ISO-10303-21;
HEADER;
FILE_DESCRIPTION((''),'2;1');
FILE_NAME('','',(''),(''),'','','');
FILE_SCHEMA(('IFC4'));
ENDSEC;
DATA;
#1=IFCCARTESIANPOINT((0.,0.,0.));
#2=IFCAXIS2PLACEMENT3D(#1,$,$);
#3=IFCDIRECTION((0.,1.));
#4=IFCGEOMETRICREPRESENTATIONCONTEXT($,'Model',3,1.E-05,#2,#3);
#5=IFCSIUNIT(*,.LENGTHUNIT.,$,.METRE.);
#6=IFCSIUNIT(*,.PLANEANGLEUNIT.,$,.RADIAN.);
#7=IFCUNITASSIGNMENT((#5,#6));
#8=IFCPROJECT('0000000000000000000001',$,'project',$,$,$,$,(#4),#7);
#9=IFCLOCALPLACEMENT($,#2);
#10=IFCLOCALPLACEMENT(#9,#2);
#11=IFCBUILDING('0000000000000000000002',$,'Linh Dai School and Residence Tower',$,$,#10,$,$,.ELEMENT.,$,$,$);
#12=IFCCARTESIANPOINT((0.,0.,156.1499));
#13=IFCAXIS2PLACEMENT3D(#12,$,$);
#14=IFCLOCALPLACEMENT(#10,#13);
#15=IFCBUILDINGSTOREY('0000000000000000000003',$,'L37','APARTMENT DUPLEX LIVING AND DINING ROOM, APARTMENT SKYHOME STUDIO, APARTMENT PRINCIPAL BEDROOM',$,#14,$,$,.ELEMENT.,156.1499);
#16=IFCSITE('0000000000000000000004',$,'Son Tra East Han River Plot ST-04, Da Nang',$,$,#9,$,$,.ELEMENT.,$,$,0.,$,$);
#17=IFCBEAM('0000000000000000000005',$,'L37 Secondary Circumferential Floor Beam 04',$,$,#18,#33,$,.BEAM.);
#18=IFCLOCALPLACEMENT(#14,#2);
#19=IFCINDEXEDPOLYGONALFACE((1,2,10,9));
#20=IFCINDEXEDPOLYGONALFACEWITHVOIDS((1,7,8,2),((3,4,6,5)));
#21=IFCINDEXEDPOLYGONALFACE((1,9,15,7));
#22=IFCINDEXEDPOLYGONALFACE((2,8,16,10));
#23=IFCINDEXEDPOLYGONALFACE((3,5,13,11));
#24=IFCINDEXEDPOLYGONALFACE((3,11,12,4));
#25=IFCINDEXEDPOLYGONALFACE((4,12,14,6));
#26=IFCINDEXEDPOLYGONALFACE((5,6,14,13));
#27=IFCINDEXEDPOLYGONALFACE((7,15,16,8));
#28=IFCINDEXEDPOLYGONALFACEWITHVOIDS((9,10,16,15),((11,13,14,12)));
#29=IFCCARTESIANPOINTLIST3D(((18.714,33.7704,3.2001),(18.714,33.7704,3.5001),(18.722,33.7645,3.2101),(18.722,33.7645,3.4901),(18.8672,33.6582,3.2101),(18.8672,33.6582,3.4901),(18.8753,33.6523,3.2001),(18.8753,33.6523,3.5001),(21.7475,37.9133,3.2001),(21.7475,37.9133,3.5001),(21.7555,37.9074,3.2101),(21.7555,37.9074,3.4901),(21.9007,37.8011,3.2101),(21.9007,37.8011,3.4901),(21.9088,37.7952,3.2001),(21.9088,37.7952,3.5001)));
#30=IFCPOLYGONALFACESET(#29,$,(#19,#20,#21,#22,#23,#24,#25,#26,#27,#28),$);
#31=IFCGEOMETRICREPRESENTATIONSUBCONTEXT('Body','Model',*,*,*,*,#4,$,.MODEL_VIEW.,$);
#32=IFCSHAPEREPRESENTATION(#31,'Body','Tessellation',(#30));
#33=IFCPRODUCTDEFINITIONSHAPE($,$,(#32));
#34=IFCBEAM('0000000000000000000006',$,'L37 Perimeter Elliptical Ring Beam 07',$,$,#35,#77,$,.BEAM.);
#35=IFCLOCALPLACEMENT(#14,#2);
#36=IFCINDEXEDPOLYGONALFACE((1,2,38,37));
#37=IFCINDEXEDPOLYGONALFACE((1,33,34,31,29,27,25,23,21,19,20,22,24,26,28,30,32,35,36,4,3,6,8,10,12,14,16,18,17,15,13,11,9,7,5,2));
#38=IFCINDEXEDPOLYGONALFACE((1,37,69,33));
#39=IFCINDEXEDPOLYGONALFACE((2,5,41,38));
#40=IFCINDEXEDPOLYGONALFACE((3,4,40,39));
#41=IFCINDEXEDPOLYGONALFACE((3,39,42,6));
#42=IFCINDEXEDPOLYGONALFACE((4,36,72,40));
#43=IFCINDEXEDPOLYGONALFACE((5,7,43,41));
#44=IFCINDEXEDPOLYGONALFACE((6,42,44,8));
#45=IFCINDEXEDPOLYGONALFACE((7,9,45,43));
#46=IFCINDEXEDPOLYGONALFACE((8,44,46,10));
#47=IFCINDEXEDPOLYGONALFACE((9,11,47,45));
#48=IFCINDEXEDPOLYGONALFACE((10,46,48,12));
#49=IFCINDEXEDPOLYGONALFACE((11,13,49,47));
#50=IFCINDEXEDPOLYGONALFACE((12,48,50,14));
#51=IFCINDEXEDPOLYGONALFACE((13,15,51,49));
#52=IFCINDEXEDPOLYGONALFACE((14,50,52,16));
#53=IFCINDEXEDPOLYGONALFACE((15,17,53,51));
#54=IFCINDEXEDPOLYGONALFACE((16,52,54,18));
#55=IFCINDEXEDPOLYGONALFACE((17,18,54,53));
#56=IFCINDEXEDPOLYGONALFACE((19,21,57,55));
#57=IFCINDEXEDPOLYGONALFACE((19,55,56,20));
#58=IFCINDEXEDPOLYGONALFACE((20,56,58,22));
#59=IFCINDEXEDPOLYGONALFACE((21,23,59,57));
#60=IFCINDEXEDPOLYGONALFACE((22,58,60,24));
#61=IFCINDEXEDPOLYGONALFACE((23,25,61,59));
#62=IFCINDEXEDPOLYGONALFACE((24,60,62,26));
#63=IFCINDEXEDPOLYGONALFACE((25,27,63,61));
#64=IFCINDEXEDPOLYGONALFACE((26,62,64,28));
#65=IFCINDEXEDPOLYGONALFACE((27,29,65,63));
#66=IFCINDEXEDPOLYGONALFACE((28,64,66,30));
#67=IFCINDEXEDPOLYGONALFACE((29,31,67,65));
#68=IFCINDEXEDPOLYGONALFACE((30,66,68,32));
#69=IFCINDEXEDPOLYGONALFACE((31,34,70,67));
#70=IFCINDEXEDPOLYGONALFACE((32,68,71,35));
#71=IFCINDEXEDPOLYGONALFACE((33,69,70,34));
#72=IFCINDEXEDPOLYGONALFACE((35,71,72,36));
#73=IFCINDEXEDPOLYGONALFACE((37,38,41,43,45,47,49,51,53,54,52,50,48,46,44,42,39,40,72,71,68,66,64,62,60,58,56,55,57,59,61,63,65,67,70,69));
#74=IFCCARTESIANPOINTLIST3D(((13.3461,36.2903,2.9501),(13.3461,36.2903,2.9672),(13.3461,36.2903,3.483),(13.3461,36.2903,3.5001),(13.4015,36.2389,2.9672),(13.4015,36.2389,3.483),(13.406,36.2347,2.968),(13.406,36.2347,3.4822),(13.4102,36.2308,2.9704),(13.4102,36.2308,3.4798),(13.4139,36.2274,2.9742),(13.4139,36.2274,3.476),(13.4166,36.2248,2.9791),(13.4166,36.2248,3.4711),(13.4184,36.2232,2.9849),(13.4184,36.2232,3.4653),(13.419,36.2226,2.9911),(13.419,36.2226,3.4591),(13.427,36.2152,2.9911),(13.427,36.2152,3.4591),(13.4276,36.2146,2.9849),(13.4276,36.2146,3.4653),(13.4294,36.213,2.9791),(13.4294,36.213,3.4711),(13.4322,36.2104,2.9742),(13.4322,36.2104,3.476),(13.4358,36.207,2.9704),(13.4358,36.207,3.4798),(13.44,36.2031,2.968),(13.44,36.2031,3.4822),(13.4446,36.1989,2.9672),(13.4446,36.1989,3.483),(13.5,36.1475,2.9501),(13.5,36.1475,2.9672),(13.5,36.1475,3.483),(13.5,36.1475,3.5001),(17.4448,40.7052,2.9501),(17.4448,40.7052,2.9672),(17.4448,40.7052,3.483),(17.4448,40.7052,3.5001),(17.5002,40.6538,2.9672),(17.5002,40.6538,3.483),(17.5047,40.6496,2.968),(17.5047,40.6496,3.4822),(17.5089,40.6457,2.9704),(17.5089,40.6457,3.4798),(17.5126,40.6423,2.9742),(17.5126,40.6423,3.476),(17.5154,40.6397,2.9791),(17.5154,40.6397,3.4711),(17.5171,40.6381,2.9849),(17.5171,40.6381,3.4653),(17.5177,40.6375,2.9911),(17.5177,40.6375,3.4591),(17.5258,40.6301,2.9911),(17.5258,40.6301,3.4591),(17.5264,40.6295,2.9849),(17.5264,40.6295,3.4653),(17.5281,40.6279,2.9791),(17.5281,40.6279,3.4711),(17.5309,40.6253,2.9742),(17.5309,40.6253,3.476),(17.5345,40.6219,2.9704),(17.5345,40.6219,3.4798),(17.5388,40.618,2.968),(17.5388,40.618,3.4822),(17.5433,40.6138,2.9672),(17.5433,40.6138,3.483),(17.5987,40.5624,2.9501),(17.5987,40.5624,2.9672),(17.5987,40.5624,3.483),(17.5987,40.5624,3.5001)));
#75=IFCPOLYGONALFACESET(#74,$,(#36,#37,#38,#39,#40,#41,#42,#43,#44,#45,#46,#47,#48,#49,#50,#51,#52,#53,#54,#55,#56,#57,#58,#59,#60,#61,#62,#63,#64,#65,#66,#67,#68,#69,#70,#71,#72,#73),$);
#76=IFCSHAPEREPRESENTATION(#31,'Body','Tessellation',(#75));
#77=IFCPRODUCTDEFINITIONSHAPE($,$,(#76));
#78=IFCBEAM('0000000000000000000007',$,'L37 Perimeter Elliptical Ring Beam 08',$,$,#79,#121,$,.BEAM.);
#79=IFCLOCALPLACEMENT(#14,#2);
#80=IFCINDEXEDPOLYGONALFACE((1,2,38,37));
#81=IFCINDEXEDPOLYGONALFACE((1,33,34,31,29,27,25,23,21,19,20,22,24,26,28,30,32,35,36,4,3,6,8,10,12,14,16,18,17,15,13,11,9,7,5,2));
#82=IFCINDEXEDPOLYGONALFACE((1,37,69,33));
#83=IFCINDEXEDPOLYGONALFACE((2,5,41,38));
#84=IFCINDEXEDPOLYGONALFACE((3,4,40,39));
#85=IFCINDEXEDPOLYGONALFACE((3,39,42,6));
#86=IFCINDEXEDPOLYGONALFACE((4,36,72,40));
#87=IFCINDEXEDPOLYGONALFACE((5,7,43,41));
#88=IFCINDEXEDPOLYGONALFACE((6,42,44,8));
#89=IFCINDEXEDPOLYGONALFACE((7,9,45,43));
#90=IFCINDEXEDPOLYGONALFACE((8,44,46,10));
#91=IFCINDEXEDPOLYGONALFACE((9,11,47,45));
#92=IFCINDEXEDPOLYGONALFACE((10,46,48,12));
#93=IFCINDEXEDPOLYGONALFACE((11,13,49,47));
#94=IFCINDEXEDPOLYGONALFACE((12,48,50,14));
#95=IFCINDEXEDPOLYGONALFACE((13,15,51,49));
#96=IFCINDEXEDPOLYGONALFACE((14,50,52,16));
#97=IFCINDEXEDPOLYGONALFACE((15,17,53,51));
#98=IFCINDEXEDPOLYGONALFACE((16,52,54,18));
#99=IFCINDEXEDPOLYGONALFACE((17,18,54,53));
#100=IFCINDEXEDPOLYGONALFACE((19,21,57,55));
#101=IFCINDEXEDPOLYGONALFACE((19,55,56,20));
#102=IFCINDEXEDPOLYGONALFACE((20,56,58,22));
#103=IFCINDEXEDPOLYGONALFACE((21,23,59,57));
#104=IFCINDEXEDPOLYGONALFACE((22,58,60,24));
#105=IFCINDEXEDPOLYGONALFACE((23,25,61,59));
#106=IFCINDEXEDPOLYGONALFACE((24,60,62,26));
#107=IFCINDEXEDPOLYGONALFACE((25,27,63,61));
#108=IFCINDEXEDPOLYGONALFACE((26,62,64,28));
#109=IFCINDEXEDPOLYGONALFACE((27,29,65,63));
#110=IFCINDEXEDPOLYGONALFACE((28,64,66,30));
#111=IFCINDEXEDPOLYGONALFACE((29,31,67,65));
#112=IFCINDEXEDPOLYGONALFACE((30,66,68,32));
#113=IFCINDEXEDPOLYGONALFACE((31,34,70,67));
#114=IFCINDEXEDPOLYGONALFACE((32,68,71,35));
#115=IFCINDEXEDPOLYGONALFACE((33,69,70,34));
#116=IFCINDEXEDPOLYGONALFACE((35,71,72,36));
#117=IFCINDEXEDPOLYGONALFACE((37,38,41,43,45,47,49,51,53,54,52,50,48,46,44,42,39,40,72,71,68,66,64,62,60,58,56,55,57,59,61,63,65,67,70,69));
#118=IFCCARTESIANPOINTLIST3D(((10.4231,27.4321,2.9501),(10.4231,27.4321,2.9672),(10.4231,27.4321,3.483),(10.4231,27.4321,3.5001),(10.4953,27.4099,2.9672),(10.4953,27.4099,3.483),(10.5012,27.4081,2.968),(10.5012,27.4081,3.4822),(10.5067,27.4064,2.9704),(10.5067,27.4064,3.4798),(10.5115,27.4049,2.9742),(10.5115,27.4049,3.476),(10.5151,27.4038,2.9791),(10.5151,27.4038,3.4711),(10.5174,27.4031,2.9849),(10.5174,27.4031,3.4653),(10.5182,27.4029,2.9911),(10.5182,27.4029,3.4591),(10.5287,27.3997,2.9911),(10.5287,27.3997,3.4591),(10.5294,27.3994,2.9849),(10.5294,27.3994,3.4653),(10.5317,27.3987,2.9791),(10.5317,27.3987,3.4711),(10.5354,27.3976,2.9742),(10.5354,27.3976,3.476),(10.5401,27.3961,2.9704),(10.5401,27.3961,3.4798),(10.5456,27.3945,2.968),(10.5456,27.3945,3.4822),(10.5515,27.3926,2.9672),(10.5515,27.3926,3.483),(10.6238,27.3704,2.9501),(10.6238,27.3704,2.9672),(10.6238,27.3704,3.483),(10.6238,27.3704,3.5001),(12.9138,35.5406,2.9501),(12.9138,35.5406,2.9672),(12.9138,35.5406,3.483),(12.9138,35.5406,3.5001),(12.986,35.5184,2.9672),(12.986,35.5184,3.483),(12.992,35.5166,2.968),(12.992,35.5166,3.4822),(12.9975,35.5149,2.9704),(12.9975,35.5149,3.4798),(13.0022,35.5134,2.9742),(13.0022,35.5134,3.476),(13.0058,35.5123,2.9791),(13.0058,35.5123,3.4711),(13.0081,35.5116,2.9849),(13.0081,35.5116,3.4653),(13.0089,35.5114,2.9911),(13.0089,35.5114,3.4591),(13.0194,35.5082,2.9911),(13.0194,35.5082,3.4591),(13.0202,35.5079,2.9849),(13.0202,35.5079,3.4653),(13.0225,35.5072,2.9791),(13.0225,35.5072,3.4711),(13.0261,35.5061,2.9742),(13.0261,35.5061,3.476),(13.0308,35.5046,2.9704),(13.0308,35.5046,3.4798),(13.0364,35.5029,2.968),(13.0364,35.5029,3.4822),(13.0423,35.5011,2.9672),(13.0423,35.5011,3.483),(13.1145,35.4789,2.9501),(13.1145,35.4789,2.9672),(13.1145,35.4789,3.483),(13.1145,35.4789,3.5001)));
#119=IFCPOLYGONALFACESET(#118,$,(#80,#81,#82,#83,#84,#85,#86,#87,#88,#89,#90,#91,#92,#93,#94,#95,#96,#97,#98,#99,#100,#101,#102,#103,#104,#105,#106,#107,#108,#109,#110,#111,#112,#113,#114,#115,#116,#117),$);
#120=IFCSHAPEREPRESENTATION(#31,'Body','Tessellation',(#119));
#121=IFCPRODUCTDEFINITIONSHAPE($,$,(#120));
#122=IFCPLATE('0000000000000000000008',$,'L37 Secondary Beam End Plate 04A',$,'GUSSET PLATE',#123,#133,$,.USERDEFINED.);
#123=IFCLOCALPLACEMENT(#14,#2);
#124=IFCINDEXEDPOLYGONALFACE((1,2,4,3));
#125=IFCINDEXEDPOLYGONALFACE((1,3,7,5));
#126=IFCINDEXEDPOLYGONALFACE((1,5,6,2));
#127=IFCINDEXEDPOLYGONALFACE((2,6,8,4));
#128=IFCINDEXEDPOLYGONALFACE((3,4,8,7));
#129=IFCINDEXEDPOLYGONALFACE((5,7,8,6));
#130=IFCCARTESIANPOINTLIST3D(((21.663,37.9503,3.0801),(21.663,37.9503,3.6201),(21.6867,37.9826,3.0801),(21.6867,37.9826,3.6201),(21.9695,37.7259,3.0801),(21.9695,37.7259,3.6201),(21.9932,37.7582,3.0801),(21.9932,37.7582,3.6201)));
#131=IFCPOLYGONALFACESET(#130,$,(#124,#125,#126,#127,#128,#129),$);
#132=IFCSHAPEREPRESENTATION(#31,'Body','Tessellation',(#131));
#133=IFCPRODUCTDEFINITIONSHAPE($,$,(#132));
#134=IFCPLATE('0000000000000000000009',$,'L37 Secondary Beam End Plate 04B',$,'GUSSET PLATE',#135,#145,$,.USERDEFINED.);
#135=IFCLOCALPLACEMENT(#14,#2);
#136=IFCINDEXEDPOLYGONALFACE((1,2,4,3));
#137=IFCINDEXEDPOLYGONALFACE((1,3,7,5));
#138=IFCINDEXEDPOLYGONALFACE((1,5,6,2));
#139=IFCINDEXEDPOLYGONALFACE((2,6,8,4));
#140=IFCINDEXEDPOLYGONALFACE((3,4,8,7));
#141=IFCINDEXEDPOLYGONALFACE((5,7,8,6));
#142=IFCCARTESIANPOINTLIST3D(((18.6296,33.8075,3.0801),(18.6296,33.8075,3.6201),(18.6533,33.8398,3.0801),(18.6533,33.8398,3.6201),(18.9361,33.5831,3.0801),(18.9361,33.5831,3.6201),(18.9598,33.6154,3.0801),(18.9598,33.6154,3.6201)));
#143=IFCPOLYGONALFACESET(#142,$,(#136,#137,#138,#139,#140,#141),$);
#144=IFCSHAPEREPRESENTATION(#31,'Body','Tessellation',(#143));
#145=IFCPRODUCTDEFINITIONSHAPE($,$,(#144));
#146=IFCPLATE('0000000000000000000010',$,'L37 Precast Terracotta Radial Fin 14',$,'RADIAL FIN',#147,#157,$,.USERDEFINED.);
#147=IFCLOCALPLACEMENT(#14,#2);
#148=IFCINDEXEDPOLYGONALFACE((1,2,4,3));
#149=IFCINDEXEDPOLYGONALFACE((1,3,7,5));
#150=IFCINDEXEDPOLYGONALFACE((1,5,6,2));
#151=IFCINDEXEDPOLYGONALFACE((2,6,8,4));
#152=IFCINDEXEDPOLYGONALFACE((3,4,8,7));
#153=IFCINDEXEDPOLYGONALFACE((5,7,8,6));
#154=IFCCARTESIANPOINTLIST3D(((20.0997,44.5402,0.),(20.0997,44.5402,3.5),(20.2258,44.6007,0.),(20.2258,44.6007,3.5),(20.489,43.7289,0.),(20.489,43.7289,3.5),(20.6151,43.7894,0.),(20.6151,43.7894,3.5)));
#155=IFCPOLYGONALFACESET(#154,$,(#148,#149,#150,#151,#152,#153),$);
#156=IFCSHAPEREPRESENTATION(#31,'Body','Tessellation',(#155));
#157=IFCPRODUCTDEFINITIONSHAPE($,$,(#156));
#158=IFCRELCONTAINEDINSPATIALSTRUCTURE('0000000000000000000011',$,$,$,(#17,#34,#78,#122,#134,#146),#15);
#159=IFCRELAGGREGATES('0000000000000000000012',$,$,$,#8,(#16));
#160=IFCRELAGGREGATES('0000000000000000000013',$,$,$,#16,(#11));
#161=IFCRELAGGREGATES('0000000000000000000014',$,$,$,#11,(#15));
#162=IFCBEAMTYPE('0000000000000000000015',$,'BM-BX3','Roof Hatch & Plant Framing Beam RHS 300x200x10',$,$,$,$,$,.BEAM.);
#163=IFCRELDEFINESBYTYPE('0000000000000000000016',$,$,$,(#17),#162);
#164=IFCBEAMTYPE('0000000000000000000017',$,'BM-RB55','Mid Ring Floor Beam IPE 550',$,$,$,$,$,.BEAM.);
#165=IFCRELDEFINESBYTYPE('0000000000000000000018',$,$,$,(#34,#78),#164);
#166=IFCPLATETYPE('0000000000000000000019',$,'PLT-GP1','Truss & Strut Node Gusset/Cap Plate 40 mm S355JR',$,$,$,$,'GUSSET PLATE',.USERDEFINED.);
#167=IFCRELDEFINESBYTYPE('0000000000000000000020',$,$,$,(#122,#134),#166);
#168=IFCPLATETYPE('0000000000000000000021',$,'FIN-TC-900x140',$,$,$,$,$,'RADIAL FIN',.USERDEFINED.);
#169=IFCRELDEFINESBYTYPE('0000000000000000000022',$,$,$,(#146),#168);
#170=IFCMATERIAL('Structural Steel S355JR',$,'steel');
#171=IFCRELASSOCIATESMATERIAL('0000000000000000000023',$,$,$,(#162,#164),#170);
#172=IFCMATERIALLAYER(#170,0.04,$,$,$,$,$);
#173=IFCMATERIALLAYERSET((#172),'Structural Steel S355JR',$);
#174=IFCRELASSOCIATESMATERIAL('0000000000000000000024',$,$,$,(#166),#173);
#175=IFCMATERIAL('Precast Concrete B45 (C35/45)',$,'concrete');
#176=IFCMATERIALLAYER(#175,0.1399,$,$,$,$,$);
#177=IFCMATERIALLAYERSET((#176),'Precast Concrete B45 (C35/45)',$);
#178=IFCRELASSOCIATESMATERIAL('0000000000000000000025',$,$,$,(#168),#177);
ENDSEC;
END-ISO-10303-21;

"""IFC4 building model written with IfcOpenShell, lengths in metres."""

from ifc_helpers import new_model, si_unit, direction, frame, origin, origin_2d, place, context, subcontext, project, spatial, rectangle, hollow_rectangle, i_section, extrude, source, transform, mapped, material, layer, layer_set, material_profile, profile_set, type_object, element, save


model = new_model("IFC4")

# Units and contexts
model_context = context("Model", 3, precision=1e-05, world=origin(), true_north=direction((0.0, 1.0)))
body_context = subcontext(model_context, "Body", "Model", "MODEL_VIEW")
ifc_project = project(units=[si_unit("LENGTHUNIT", "METRE"), si_unit("PLANEANGLEUNIT", "RADIAN")], contexts=[model_context])

# Site, building, storey
site_placement = place(None, origin())
site = spatial("IfcSite", under=ifc_project, at=site_placement, Name="Son Tra East Han River Plot ST-04, Da Nang", CompositionType="ELEMENT", RefElevation=0.0)
building_placement = place(site_placement, origin())
building = spatial("IfcBuilding", under=site, at=building_placement, Name="Linh Dai School and Residence Tower", CompositionType="ELEMENT")
storey_placement = place(building_placement, frame((0.0, 0.0, 156.1499)))
storey = spatial("IfcBuildingStorey", under=building, at=storey_placement, Name="L37", Description="APARTMENT DUPLEX LIVING AND DINING ROOM, APARTMENT SKYHOME STUDIO, APARTMENT PRINCIPAL BEDROOM", CompositionType="ELEMENT", Elevation=156.1499)

# Shared definitions
ifc_material_1 = material(Name="Structural Steel S355JR", Category="steel")

# Beams
ifc_material_profile_1 = material_profile(ifc_material_1, hollow_rectangle(XDim=0.2, YDim=0.3, WallThickness=0.01, at=origin_2d()), Name="RHS 300x200x10")
ifc_profile_set_1 = profile_set([ifc_material_profile_1], Name="Structural Steel S355JR")
beam_type_1 = type_object("IfcBeamType", Name="BM-BX3", Description="Roof Hatch & Plant Framing Beam RHS 300x200x10", PredefinedType="BEAM", material=ifc_profile_set_1)
beam_1_placement = place(storey_placement, frame((21.8281, 37.8542, 3.3501), z_axis=(-0.590778, -0.806834, 0.0), x_axis=(0.806834, -0.590778, 0.0)))
element("IfcBeam", 1, at=beam_1_placement, inside=storey, type_object=beam_type_1, Name="L37 Secondary Circumferential Floor Beam 04", PredefinedType="BEAM", context=body_context, shape_type="SweptSolid", body=[
    extrude(hollow_rectangle(XDim=0.2, YDim=0.3, WallThickness=0.01, at=origin_2d()), origin(), (0.0, 0.0, 1.0), 5.1348),
])
ifc_material_profile_2 = material_profile(ifc_material_1, i_section(OverallWidth=0.21, OverallDepth=0.55, WebThickness=0.011, FlangeThickness=0.0171, FilletRadius=0.0239, at=origin_2d()), Name="IPE 550")
ifc_profile_set_2 = profile_set([ifc_material_profile_2], Name="Structural Steel S355JR")
beam_type_2 = type_object("IfcBeamType", Name="BM-RB55", Description="Mid Ring Floor Beam IPE 550", PredefinedType="BEAM", material=ifc_profile_set_2)
beam_2_placement = place(storey_placement, frame((17.5217, 40.6338, 3.2251), z_axis=(-0.680378, -0.732861, 0.0), x_axis=(0.732861, -0.680378, 0.0)))
element("IfcBeam", 2, at=beam_2_placement, inside=storey, type_object=beam_type_2, Name="L37 Perimeter Elliptical Ring Beam 07", PredefinedType="BEAM", context=body_context, shape_type="SweptSolid", body=[
    extrude(i_section(OverallWidth=0.21, OverallDepth=0.55, WebThickness=0.011, FlangeThickness=0.0171, FilletRadius=0.0239, at=origin_2d()), origin(), (0.0, 0.0, 1.0), 6.0242),
])
beam_3_placement = place(storey_placement, frame((13.0142, 35.5098, 3.2251), z_axis=(-0.293637, -0.955917, 0.0), x_axis=(0.955917, -0.293637, 0.0)))
element("IfcBeam", 3, at=beam_3_placement, inside=storey, type_object=beam_type_2, Name="L37 Perimeter Elliptical Ring Beam 08", PredefinedType="BEAM", context=body_context, shape_type="SweptSolid", body=[
    extrude(i_section(OverallWidth=0.21, OverallDepth=0.55, WebThickness=0.011, FlangeThickness=0.0171, FilletRadius=0.0239, at=origin_2d()), origin(), (0.0, 0.0, 1.0), 8.4824),
])

# Plates
ifc_layer_1 = layer(ifc_material_1, 0.04)
ifc_layer_set_1 = layer_set([ifc_layer_1], Name="Structural Steel S355JR")
plate_type_1 = type_object("IfcPlateType", Name="PLT-GP1", Description="Truss & Strut Node Gusset/Cap Plate 40 mm S355JR", ElementType="GUSSET PLATE", PredefinedType="USERDEFINED", material=ifc_layer_set_1)
shared_shape_1 = source(origin(), body_context, "Body", "SweptSolid", [
    extrude(rectangle(XDim=0.04, YDim=0.3799, at=origin_2d()), origin(), (0.0, 0.0, 1.0), 0.54),
])
for number, where, z_axis, x_axis, name in (
    (4, (21.8281, 37.8542, 3.0801), (0.0, 0.0, 1.0), (-0.590797, -0.80682, 0.0), "L37 Secondary Beam End Plate 04A"),
    (5, (18.7947, 33.7114, 3.0801), (0.0, 0.0, 1.0), (-0.590797, -0.80682, 0.0), "L37 Secondary Beam End Plate 04B"),
):
    element("IfcPlate", number, at=place(storey_placement, frame(where, z_axis=z_axis, x_axis=x_axis)), inside=storey, type_object=plate_type_1, Name=name, ObjectType="GUSSET PLATE", PredefinedType="USERDEFINED", context=body_context, shape_type="MappedRepresentation", body=[
        mapped(shared_shape_1, transform((0.0, 0.0, 0.0), x_axis=(1.0, 0.0, 0.0), y_axis=(0.0, 1.0, 0.0), z_axis=(0.0, 0.0, 1.0), scale=1.0)),
    ])
ifc_material_2 = material(Name="Precast Concrete B45 (C35/45)", Category="concrete")
ifc_layer_2 = layer(ifc_material_2, 0.1399)
ifc_layer_set_2 = layer_set([ifc_layer_2], Name="Precast Concrete B45 (C35/45)")
plate_type_2 = type_object("IfcPlateType", Name="FIN-TC-900x140", ElementType="RADIAL FIN", PredefinedType="USERDEFINED", material=ifc_layer_set_2)
shared_shape_2 = source(origin(), body_context, "Body", "SweptSolid", [
    extrude(rectangle(XDim=0.8999, YDim=0.1399, at=origin_2d()), origin(), (0.0, 0.0, 1.0), 3.5),
])
plate_placement = place(storey_placement, frame((20.3574, 44.1648, 0.0), z_axis=(0.0, 0.0, 1.0), x_axis=(-0.432635, 0.901569, 0.0)))
element("IfcPlate", 6, at=plate_placement, inside=storey, type_object=plate_type_2, Name="L37 Precast Terracotta Radial Fin 14", ObjectType="RADIAL FIN", PredefinedType="USERDEFINED", context=body_context, shape_type="MappedRepresentation", body=[
    mapped(shared_shape_2, transform((0.0, 0.0, 0.0), x_axis=(1.0, 0.0, 0.0), y_axis=(0.0, 1.0, 0.0), z_axis=(0.0, 0.0, 1.0), scale=1.0)),
])

save(model, "model.ifc")
